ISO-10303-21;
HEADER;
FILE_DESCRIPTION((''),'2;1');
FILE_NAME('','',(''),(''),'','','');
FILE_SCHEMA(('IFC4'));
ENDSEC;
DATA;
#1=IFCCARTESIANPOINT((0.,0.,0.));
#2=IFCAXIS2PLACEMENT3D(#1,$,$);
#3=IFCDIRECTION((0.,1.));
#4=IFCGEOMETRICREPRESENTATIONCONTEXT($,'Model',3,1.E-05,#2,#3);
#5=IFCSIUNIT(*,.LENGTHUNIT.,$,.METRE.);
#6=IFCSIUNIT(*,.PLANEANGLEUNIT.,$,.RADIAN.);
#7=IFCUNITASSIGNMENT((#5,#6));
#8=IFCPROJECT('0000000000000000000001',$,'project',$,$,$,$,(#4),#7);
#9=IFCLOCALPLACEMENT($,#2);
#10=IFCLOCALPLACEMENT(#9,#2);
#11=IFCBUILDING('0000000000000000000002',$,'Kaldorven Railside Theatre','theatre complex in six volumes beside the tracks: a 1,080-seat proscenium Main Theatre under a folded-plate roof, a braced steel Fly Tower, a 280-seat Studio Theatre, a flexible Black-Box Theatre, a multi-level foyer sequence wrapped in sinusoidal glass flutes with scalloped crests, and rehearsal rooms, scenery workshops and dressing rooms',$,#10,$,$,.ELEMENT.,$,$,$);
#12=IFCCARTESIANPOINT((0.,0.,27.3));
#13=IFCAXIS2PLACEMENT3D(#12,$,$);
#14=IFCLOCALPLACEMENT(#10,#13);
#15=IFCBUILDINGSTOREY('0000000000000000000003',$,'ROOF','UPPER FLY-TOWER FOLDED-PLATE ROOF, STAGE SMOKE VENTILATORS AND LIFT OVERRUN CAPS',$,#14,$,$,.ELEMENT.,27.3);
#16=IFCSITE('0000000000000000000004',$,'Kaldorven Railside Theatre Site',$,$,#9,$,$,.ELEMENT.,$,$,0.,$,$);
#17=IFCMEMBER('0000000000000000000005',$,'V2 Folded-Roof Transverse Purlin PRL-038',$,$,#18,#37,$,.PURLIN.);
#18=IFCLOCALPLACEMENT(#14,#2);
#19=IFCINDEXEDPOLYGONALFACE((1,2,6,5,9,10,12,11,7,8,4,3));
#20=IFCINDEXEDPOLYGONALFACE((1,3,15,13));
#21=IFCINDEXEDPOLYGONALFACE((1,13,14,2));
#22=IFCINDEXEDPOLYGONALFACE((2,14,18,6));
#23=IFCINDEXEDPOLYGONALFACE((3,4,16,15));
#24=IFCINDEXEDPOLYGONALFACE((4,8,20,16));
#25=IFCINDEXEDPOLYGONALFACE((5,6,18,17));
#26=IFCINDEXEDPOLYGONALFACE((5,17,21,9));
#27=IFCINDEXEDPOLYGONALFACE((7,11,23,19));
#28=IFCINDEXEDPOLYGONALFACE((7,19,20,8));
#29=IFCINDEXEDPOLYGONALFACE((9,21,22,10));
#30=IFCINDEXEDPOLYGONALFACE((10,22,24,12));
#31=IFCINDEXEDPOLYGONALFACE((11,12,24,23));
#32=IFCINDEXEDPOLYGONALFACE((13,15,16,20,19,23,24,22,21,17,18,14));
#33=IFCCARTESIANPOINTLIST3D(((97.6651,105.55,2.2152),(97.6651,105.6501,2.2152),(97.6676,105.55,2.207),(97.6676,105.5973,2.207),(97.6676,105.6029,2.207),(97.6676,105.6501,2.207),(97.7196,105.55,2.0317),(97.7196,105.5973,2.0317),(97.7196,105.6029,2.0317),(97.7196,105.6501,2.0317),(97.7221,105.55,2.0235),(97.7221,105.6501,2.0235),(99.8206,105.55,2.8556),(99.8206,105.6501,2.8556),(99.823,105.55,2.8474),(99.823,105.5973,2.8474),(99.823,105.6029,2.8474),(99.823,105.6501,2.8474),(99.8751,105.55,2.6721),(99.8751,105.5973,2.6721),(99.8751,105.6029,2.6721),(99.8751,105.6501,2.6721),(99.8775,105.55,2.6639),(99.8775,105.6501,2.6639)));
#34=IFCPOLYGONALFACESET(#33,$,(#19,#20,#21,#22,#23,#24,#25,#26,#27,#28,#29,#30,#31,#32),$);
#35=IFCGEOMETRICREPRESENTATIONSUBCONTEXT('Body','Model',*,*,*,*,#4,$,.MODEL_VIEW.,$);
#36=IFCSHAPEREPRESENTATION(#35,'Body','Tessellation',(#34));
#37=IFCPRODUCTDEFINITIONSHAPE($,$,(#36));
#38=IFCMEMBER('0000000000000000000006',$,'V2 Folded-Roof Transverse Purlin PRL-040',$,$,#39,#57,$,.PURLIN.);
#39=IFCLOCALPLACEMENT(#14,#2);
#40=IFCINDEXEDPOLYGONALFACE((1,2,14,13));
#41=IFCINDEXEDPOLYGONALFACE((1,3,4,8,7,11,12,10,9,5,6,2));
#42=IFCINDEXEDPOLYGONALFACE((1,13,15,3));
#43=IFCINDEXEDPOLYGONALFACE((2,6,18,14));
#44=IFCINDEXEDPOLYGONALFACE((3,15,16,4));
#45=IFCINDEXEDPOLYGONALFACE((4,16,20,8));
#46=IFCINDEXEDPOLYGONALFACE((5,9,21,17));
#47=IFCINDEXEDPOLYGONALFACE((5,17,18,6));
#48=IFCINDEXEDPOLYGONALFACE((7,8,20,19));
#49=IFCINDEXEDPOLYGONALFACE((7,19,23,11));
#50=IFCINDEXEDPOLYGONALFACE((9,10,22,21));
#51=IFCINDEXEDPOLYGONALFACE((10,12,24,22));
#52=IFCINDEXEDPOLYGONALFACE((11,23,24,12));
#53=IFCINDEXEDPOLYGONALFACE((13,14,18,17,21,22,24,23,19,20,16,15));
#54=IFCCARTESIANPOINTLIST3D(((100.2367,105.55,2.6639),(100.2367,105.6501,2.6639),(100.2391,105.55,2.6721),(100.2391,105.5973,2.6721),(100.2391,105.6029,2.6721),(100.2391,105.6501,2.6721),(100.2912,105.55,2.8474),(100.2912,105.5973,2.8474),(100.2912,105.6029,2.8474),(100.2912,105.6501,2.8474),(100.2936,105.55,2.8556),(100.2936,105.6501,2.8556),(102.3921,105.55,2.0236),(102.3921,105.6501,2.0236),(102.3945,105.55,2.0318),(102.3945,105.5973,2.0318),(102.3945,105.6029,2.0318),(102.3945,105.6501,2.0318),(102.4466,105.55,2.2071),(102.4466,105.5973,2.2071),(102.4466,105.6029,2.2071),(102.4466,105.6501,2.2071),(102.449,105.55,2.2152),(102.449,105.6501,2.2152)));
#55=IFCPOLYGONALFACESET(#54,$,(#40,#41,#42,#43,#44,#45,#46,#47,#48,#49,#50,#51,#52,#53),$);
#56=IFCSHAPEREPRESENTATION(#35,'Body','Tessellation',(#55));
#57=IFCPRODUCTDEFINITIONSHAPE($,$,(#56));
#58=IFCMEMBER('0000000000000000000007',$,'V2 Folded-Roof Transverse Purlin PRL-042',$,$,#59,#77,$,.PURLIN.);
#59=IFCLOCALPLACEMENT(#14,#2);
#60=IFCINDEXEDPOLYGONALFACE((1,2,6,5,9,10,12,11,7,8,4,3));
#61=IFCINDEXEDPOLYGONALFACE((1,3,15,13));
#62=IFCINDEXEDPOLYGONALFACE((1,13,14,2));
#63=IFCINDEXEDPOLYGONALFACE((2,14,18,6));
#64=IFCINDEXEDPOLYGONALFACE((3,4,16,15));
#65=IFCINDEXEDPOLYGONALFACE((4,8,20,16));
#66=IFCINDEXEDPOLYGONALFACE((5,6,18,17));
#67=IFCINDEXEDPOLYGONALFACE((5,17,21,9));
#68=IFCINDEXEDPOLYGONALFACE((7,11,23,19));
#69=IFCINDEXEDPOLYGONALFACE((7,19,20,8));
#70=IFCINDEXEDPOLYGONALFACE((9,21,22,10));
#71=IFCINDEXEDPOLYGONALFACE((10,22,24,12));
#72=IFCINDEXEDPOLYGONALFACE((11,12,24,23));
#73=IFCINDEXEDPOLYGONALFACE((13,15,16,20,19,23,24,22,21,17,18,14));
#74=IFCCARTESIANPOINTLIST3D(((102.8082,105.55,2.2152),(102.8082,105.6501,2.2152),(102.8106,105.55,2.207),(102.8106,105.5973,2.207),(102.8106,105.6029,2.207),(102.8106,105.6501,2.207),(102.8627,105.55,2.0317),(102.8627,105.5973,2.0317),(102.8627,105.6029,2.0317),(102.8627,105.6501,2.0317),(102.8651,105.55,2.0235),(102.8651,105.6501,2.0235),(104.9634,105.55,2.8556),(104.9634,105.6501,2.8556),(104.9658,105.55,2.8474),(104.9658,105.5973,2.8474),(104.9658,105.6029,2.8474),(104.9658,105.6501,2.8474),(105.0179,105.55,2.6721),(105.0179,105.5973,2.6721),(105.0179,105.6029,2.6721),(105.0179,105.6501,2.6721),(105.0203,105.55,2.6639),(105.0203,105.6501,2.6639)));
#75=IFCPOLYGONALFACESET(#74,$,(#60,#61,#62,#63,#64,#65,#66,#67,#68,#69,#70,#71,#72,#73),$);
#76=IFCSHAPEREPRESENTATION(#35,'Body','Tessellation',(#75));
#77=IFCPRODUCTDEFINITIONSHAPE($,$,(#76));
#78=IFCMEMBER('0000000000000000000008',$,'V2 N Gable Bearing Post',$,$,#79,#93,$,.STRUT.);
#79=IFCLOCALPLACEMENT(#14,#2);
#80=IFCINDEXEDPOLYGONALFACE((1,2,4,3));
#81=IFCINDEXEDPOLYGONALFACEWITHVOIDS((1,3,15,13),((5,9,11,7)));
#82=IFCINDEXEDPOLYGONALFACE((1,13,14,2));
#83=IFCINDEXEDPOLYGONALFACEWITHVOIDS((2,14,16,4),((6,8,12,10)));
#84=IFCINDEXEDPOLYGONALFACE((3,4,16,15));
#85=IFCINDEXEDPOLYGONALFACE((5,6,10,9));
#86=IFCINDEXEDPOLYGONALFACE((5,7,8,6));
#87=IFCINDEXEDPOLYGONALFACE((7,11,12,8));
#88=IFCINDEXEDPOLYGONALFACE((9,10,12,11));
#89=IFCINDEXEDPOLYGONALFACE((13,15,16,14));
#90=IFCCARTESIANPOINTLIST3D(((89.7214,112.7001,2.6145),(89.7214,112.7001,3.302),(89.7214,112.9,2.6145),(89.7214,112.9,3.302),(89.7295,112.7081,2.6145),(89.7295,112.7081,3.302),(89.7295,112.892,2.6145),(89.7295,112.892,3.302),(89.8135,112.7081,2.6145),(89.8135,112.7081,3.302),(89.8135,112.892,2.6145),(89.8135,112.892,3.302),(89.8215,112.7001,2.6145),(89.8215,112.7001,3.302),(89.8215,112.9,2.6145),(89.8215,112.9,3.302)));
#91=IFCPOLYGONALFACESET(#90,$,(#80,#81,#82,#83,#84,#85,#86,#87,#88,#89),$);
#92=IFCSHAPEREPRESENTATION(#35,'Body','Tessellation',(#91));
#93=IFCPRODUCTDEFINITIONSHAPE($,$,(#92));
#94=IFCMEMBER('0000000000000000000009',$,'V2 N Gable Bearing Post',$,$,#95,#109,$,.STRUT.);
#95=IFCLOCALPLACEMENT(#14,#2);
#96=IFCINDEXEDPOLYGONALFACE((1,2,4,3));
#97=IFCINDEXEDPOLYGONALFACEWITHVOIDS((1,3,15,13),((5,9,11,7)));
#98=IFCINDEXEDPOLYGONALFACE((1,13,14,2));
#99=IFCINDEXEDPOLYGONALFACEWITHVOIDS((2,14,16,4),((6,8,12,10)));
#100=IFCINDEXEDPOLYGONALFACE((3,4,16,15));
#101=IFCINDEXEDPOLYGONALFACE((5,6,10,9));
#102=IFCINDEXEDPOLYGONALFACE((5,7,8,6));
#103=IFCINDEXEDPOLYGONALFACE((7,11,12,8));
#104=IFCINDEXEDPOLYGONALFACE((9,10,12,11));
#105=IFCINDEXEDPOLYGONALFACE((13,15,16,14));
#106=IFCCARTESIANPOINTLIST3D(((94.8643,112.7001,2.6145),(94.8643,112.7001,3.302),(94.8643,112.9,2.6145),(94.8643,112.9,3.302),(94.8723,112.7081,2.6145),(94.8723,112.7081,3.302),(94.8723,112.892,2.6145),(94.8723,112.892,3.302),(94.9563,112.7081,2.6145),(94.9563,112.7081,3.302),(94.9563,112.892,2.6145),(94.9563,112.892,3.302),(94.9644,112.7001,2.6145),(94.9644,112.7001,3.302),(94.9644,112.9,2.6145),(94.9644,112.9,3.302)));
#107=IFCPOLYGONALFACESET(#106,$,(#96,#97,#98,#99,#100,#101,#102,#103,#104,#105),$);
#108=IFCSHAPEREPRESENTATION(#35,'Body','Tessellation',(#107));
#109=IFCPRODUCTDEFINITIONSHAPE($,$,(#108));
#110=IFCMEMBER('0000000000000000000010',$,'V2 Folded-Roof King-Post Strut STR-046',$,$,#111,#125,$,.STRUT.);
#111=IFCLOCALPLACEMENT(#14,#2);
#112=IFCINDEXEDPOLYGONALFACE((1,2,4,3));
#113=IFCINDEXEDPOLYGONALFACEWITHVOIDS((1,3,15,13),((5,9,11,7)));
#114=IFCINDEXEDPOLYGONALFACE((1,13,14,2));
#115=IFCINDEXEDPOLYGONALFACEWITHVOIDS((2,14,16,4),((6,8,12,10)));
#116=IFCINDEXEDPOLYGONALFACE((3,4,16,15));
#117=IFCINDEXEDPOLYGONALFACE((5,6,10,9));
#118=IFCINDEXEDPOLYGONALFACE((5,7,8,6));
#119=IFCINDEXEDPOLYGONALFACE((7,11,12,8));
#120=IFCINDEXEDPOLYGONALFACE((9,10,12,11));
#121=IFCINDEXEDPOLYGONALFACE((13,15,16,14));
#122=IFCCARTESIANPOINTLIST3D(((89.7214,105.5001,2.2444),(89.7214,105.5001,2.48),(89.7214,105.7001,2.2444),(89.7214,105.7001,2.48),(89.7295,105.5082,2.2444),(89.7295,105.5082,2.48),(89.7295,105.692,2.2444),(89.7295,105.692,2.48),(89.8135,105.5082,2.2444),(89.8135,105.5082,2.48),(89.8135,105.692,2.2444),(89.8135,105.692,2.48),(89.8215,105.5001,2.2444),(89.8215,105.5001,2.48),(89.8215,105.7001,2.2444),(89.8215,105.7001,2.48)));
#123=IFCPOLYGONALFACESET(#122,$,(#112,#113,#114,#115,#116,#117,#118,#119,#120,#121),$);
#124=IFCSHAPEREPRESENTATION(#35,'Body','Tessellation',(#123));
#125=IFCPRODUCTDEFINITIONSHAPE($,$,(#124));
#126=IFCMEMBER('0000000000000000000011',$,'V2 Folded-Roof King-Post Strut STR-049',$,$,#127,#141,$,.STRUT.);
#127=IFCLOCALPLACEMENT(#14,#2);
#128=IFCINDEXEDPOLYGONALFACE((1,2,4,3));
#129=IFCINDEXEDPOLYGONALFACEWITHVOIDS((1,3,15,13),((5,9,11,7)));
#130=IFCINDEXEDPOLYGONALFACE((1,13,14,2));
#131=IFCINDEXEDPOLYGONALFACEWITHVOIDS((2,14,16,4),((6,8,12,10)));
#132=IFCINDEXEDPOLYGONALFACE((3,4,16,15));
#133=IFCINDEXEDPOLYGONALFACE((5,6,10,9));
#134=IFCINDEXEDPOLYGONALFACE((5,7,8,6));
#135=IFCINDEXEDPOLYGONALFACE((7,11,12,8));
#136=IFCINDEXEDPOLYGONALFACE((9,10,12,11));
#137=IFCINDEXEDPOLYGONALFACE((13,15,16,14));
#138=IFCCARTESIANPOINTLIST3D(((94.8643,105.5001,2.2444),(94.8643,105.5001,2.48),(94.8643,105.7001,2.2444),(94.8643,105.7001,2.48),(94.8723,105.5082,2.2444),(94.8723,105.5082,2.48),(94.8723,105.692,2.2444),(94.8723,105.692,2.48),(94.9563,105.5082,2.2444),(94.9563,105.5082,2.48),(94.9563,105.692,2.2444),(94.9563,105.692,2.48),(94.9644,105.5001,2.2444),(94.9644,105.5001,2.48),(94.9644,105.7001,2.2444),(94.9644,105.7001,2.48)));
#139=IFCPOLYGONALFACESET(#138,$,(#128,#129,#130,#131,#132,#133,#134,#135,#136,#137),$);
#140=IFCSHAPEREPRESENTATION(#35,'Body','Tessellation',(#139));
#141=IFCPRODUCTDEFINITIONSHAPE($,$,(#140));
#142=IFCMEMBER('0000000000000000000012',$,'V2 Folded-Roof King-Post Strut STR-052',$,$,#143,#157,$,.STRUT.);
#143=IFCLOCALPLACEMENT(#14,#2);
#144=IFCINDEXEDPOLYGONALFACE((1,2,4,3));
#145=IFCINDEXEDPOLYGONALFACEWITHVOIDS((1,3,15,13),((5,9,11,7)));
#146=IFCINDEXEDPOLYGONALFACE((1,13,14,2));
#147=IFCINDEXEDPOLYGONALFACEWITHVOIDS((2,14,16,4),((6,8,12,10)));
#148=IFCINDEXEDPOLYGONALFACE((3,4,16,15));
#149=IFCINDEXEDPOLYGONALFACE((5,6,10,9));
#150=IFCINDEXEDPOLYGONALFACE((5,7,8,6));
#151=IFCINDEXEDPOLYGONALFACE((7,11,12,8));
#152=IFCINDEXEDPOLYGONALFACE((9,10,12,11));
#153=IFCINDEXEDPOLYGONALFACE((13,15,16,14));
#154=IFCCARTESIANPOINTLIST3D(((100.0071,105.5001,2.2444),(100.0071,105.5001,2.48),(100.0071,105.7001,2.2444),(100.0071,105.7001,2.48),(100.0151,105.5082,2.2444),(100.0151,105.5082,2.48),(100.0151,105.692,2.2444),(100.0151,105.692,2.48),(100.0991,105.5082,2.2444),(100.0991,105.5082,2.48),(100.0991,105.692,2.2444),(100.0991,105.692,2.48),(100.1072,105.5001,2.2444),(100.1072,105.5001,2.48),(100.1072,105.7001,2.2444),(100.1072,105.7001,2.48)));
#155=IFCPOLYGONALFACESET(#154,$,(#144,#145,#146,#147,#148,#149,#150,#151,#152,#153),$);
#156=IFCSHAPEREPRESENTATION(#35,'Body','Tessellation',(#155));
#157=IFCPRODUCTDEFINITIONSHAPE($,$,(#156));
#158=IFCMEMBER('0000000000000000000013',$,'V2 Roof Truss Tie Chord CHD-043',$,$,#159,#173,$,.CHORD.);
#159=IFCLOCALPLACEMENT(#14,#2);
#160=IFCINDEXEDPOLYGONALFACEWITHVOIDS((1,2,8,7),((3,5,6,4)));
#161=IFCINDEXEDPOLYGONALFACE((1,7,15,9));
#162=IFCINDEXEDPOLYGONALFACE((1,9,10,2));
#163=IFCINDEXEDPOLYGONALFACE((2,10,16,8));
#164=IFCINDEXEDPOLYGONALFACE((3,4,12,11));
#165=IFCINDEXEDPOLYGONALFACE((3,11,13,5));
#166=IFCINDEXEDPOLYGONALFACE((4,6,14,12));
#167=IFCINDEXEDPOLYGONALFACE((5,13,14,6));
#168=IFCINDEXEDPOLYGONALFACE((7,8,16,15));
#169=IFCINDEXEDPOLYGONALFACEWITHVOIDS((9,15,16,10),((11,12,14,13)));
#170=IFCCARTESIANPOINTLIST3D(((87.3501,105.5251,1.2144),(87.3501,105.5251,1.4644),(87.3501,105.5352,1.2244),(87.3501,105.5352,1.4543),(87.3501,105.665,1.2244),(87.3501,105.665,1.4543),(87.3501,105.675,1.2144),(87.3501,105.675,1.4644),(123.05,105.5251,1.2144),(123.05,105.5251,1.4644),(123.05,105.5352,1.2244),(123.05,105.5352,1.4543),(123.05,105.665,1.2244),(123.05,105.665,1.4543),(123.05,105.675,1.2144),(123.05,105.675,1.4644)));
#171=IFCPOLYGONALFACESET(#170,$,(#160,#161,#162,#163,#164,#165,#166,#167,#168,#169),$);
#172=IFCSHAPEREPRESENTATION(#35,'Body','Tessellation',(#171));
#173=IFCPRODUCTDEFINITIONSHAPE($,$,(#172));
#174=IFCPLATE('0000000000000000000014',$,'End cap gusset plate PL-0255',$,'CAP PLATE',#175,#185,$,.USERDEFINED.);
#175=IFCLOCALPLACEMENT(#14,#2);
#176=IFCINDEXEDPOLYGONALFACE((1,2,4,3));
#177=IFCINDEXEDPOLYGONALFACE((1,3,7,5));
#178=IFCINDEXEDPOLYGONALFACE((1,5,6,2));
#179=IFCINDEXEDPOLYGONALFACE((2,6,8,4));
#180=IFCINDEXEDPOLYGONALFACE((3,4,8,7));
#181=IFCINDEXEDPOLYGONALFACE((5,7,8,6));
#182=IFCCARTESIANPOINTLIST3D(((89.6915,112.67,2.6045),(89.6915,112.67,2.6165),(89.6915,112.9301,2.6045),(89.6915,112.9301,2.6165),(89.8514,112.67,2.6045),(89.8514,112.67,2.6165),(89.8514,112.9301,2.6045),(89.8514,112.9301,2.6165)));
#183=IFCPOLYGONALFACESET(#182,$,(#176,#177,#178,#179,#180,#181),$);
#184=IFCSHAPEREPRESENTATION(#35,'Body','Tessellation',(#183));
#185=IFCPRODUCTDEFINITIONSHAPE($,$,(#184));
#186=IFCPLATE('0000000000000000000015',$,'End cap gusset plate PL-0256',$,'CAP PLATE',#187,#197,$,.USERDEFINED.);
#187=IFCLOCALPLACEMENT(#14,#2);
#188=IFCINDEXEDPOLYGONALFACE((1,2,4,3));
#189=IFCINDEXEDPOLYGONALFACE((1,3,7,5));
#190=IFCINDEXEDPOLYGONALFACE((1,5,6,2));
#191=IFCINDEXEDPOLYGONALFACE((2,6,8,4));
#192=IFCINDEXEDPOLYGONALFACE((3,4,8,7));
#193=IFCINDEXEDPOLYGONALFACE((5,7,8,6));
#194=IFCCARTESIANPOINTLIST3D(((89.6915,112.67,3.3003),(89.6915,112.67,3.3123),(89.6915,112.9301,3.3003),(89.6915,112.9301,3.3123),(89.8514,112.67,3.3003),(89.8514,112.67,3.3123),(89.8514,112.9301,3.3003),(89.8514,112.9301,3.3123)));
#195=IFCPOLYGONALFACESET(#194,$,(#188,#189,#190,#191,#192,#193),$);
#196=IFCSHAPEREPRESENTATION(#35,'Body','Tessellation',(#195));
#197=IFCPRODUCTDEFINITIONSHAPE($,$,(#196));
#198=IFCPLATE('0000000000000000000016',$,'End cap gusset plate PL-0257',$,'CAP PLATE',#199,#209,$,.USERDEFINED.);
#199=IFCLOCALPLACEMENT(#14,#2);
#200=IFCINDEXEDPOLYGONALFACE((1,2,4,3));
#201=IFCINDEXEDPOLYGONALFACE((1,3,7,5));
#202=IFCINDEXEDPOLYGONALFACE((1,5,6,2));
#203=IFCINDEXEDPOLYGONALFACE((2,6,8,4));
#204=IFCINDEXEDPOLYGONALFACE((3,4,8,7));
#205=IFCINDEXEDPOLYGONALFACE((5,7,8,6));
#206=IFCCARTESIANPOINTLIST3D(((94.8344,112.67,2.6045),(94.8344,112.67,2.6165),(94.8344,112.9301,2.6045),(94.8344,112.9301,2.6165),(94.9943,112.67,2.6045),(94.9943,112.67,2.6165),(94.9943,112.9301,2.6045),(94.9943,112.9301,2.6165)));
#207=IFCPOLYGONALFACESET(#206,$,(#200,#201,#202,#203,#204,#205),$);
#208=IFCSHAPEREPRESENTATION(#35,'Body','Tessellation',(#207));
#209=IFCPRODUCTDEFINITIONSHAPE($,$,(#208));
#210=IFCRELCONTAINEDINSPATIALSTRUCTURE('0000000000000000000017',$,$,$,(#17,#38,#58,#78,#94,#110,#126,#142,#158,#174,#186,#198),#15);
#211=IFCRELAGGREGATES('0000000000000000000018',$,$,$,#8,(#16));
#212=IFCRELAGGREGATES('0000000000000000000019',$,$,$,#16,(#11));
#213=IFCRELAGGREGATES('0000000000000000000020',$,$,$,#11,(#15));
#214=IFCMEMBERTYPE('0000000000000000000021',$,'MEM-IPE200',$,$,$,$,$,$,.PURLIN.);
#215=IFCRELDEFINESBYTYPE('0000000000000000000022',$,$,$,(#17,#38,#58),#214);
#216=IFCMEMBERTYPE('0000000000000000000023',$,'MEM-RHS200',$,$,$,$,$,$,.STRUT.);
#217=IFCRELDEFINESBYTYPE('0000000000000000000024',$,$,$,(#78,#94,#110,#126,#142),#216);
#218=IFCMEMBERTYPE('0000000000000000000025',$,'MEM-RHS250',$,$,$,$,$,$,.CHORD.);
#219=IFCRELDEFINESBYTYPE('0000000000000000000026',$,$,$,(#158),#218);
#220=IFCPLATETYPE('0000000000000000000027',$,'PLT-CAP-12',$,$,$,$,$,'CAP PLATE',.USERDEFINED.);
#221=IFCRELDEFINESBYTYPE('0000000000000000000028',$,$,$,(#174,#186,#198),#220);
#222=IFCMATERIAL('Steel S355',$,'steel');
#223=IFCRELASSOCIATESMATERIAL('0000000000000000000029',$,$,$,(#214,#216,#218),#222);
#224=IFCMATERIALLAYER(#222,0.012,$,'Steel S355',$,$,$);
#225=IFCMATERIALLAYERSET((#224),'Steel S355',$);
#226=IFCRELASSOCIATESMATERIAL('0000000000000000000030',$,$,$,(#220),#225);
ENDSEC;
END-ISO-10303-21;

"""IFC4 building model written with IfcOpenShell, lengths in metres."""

from ifc_helpers import new_model, si_unit, direction, frame, origin, origin_2d, place, context, subcontext, project, spatial, rectangle, hollow_rectangle, i_section, extrude, material, layer, layer_set, material_profile, profile_set, type_object, element, save


model = new_model("IFC4")

# Units and contexts
model_context = context("Model", 3, precision=1e-05, world=origin(), true_north=direction((0.0, 1.0)))
body_context = subcontext(model_context, "Body", "Model", "MODEL_VIEW")
ifc_project = project(units=[si_unit("LENGTHUNIT", "METRE"), si_unit("PLANEANGLEUNIT", "RADIAN")], contexts=[model_context])

# Site, building, storey
site_placement = place(None, origin())
site = spatial("IfcSite", under=ifc_project, at=site_placement, Name="Kaldorven Railside Theatre Site", CompositionType="ELEMENT", RefElevation=0.0)
building_placement = place(site_placement, origin())
building = spatial("IfcBuilding", under=site, at=building_placement, Name="Kaldorven Railside Theatre", Description="theatre complex in six volumes beside the tracks: a 1,080-seat proscenium Main Theatre under a folded-plate roof, a braced steel Fly Tower, a 280-seat Studio Theatre, a flexible Black-Box Theatre, a multi-level foyer sequence wrapped in sinusoidal glass flutes with scalloped crests, and rehearsal rooms, scenery workshops and dressing rooms", CompositionType="ELEMENT")
storey_placement = place(building_placement, frame((0.0, 0.0, 27.3)))
storey = spatial("IfcBuildingStorey", under=building, at=storey_placement, Name="ROOF", Description="UPPER FLY-TOWER FOLDED-PLATE ROOF, STAGE SMOKE VENTILATORS AND LIFT OVERRUN CAPS", CompositionType="ELEMENT", Elevation=27.3)

# Shared definitions
ifc_material = material(Name="Steel S355", Category="steel")

# Members
ifc_material_profile_1 = material_profile(ifc_material, i_section(OverallWidth=0.1001, OverallDepth=0.2, WebThickness=0.0056, FlangeThickness=0.0085, at=origin_2d()), Name="IPE 200")
ifc_profile_set_1 = profile_set([ifc_material_profile_1], Name="Steel S355")
member_type_1 = type_object("IfcMemberType", Name="MEM-IPE200", PredefinedType="PURLIN", material=ifc_profile_set_1)
for number, where, z_axis, x_axis, name in (
    (1, (97.6936, 105.6001, 2.1194), (0.958591, 0.0, 0.284787), (0.0, 1.0, 0.0), "V2 Folded-Roof Transverse Purlin PRL-038"),
    (2, (100.2651, 105.6001, 2.7598), (0.958591, 0.0, -0.284787), (0.0, 1.0, 0.0), "V2 Folded-Roof Transverse Purlin PRL-040"),
):
    element("IfcMember", number, at=place(storey_placement, frame(where, z_axis=z_axis, x_axis=x_axis)), inside=storey, type_object=member_type_1, Name=name, PredefinedType="PURLIN", context=body_context, shape_type="SweptSolid", body=[
        extrude(i_section(OverallWidth=0.1001, OverallDepth=0.2, WebThickness=0.0056, FlangeThickness=0.0085, at=origin_2d()), origin(), (0.0, 0.0, 1.0), 2.2485),
    ])
member_1_placement = place(storey_placement, frame((102.8367, 105.6001, 2.1194), z_axis=(0.958582, 0.0, 0.284817), x_axis=(0.0, 1.0, 0.0)))
element("IfcMember", 3, at=member_1_placement, inside=storey, type_object=member_type_1, Name="V2 Folded-Roof Transverse Purlin PRL-042", PredefinedType="PURLIN", context=body_context, shape_type="SweptSolid", body=[
    extrude(i_section(OverallWidth=0.1001, OverallDepth=0.2, WebThickness=0.0056, FlangeThickness=0.0085, at=origin_2d()), origin(), (0.0, 0.0, 1.0), 2.2483),
])
ifc_material_profile_2 = material_profile(ifc_material, hollow_rectangle(XDim=0.1001, YDim=0.2, WallThickness=0.0081, at=origin_2d()), Name="RHS 200x100x8")
ifc_profile_set_2 = profile_set([ifc_material_profile_2], Name="Steel S355")
member_type_2 = type_object("IfcMemberType", Name="MEM-RHS200", PredefinedType="STRUT", material=ifc_profile_set_2)
for number, where, z_axis, x_axis, name in (
    (4, (89.7715, 112.8, 2.6145), (0.0, 0.0, 1.0), (1.0, 0.0, 0.0), "V2 N Gable Bearing Post"),
    (5, (94.9143, 112.8, 2.6145), (0.0, 0.0, 1.0), (1.0, 0.0, 0.0), "V2 N Gable Bearing Post"),
):
    element("IfcMember", number, at=place(storey_placement, frame(where, z_axis=z_axis, x_axis=x_axis)), inside=storey, type_object=member_type_2, Name=name, PredefinedType="STRUT", context=body_context, shape_type="SweptSolid", body=[
        extrude(hollow_rectangle(XDim=0.1001, YDim=0.2, WallThickness=0.0081, at=origin_2d()), origin(), (0.0, 0.0, 1.0), 0.6875),
    ])
for number, where, z_axis, x_axis, name in (
    (6, (89.7715, 105.6001, 2.2444), (0.0, 0.0, 1.0), (1.0, 0.0, 0.0), "V2 Folded-Roof King-Post Strut STR-046"),
    (7, (94.9143, 105.6001, 2.2444), (0.0, 0.0, 1.0), (1.0, 0.0, 0.0), "V2 Folded-Roof King-Post Strut STR-049"),
    (8, (100.0571, 105.6001, 2.2444), (0.0, 0.0, 1.0), (1.0, 0.0, 0.0), "V2 Folded-Roof King-Post Strut STR-052"),
):
    element("IfcMember", number, at=place(storey_placement, frame(where, z_axis=z_axis, x_axis=x_axis)), inside=storey, type_object=member_type_2, Name=name, PredefinedType="STRUT", context=body_context, shape_type="SweptSolid", body=[
        extrude(hollow_rectangle(XDim=0.1001, YDim=0.2, WallThickness=0.0081, at=origin_2d()), origin(), (0.0, 0.0, 1.0), 0.2356),
    ])
ifc_material_profile_3 = material_profile(ifc_material, hollow_rectangle(XDim=0.1499, YDim=0.25, WallThickness=0.01, at=origin_2d()), Name="RHS 250x150x10")
ifc_profile_set_3 = profile_set([ifc_material_profile_3], Name="Steel S355")
member_type_3 = type_object("IfcMemberType", Name="MEM-RHS250", PredefinedType="CHORD", material=ifc_profile_set_3)
member_2_placement = place(storey_placement, frame((87.3501, 105.6001, 1.3394), z_axis=(1.0, 0.0, 0.0), x_axis=(0.0, 1.0, 0.0)))
element("IfcMember", 9, at=member_2_placement, inside=storey, type_object=member_type_3, Name="V2 Roof Truss Tie Chord CHD-043", PredefinedType="CHORD", context=body_context, shape_type="SweptSolid", body=[
    extrude(hollow_rectangle(XDim=0.1499, YDim=0.25, WallThickness=0.01, at=origin_2d()), origin(), (0.0, 0.0, 1.0), 35.7),
])

# Plates
ifc_layer = layer(ifc_material, 0.012, Name="Steel S355")
ifc_layer_set = layer_set([ifc_layer], Name="Steel S355")
plate_type = type_object("IfcPlateType", Name="PLT-CAP-12", ElementType="CAP PLATE", PredefinedType="USERDEFINED", material=ifc_layer_set)
for number, where, z_axis, x_axis, name in (
    (10, (89.7715, 112.8, 2.6045), (0.0, 0.0, 1.0), (1.0, 0.0, 0.0), "End cap gusset plate PL-0255"),
    (11, (89.7715, 112.8, 3.3003), (0.0, 0.0, 1.0), (1.0, 0.0, 0.0), "End cap gusset plate PL-0256"),
    (12, (94.9143, 112.8, 2.6045), (0.0, 0.0, 1.0), (1.0, 0.0, 0.0), "End cap gusset plate PL-0257"),
):
    element("IfcPlate", number, at=place(storey_placement, frame(where, z_axis=z_axis, x_axis=x_axis)), inside=storey, type_object=plate_type, Name=name, ObjectType="CAP PLATE", PredefinedType="USERDEFINED", context=body_context, shape_type="SweptSolid", body=[
        extrude(rectangle(XDim=0.1599, YDim=0.26, at=origin_2d()), origin(), (0.0, 0.0, 1.0), 0.012),
    ])

save(model, "model.ifc")
